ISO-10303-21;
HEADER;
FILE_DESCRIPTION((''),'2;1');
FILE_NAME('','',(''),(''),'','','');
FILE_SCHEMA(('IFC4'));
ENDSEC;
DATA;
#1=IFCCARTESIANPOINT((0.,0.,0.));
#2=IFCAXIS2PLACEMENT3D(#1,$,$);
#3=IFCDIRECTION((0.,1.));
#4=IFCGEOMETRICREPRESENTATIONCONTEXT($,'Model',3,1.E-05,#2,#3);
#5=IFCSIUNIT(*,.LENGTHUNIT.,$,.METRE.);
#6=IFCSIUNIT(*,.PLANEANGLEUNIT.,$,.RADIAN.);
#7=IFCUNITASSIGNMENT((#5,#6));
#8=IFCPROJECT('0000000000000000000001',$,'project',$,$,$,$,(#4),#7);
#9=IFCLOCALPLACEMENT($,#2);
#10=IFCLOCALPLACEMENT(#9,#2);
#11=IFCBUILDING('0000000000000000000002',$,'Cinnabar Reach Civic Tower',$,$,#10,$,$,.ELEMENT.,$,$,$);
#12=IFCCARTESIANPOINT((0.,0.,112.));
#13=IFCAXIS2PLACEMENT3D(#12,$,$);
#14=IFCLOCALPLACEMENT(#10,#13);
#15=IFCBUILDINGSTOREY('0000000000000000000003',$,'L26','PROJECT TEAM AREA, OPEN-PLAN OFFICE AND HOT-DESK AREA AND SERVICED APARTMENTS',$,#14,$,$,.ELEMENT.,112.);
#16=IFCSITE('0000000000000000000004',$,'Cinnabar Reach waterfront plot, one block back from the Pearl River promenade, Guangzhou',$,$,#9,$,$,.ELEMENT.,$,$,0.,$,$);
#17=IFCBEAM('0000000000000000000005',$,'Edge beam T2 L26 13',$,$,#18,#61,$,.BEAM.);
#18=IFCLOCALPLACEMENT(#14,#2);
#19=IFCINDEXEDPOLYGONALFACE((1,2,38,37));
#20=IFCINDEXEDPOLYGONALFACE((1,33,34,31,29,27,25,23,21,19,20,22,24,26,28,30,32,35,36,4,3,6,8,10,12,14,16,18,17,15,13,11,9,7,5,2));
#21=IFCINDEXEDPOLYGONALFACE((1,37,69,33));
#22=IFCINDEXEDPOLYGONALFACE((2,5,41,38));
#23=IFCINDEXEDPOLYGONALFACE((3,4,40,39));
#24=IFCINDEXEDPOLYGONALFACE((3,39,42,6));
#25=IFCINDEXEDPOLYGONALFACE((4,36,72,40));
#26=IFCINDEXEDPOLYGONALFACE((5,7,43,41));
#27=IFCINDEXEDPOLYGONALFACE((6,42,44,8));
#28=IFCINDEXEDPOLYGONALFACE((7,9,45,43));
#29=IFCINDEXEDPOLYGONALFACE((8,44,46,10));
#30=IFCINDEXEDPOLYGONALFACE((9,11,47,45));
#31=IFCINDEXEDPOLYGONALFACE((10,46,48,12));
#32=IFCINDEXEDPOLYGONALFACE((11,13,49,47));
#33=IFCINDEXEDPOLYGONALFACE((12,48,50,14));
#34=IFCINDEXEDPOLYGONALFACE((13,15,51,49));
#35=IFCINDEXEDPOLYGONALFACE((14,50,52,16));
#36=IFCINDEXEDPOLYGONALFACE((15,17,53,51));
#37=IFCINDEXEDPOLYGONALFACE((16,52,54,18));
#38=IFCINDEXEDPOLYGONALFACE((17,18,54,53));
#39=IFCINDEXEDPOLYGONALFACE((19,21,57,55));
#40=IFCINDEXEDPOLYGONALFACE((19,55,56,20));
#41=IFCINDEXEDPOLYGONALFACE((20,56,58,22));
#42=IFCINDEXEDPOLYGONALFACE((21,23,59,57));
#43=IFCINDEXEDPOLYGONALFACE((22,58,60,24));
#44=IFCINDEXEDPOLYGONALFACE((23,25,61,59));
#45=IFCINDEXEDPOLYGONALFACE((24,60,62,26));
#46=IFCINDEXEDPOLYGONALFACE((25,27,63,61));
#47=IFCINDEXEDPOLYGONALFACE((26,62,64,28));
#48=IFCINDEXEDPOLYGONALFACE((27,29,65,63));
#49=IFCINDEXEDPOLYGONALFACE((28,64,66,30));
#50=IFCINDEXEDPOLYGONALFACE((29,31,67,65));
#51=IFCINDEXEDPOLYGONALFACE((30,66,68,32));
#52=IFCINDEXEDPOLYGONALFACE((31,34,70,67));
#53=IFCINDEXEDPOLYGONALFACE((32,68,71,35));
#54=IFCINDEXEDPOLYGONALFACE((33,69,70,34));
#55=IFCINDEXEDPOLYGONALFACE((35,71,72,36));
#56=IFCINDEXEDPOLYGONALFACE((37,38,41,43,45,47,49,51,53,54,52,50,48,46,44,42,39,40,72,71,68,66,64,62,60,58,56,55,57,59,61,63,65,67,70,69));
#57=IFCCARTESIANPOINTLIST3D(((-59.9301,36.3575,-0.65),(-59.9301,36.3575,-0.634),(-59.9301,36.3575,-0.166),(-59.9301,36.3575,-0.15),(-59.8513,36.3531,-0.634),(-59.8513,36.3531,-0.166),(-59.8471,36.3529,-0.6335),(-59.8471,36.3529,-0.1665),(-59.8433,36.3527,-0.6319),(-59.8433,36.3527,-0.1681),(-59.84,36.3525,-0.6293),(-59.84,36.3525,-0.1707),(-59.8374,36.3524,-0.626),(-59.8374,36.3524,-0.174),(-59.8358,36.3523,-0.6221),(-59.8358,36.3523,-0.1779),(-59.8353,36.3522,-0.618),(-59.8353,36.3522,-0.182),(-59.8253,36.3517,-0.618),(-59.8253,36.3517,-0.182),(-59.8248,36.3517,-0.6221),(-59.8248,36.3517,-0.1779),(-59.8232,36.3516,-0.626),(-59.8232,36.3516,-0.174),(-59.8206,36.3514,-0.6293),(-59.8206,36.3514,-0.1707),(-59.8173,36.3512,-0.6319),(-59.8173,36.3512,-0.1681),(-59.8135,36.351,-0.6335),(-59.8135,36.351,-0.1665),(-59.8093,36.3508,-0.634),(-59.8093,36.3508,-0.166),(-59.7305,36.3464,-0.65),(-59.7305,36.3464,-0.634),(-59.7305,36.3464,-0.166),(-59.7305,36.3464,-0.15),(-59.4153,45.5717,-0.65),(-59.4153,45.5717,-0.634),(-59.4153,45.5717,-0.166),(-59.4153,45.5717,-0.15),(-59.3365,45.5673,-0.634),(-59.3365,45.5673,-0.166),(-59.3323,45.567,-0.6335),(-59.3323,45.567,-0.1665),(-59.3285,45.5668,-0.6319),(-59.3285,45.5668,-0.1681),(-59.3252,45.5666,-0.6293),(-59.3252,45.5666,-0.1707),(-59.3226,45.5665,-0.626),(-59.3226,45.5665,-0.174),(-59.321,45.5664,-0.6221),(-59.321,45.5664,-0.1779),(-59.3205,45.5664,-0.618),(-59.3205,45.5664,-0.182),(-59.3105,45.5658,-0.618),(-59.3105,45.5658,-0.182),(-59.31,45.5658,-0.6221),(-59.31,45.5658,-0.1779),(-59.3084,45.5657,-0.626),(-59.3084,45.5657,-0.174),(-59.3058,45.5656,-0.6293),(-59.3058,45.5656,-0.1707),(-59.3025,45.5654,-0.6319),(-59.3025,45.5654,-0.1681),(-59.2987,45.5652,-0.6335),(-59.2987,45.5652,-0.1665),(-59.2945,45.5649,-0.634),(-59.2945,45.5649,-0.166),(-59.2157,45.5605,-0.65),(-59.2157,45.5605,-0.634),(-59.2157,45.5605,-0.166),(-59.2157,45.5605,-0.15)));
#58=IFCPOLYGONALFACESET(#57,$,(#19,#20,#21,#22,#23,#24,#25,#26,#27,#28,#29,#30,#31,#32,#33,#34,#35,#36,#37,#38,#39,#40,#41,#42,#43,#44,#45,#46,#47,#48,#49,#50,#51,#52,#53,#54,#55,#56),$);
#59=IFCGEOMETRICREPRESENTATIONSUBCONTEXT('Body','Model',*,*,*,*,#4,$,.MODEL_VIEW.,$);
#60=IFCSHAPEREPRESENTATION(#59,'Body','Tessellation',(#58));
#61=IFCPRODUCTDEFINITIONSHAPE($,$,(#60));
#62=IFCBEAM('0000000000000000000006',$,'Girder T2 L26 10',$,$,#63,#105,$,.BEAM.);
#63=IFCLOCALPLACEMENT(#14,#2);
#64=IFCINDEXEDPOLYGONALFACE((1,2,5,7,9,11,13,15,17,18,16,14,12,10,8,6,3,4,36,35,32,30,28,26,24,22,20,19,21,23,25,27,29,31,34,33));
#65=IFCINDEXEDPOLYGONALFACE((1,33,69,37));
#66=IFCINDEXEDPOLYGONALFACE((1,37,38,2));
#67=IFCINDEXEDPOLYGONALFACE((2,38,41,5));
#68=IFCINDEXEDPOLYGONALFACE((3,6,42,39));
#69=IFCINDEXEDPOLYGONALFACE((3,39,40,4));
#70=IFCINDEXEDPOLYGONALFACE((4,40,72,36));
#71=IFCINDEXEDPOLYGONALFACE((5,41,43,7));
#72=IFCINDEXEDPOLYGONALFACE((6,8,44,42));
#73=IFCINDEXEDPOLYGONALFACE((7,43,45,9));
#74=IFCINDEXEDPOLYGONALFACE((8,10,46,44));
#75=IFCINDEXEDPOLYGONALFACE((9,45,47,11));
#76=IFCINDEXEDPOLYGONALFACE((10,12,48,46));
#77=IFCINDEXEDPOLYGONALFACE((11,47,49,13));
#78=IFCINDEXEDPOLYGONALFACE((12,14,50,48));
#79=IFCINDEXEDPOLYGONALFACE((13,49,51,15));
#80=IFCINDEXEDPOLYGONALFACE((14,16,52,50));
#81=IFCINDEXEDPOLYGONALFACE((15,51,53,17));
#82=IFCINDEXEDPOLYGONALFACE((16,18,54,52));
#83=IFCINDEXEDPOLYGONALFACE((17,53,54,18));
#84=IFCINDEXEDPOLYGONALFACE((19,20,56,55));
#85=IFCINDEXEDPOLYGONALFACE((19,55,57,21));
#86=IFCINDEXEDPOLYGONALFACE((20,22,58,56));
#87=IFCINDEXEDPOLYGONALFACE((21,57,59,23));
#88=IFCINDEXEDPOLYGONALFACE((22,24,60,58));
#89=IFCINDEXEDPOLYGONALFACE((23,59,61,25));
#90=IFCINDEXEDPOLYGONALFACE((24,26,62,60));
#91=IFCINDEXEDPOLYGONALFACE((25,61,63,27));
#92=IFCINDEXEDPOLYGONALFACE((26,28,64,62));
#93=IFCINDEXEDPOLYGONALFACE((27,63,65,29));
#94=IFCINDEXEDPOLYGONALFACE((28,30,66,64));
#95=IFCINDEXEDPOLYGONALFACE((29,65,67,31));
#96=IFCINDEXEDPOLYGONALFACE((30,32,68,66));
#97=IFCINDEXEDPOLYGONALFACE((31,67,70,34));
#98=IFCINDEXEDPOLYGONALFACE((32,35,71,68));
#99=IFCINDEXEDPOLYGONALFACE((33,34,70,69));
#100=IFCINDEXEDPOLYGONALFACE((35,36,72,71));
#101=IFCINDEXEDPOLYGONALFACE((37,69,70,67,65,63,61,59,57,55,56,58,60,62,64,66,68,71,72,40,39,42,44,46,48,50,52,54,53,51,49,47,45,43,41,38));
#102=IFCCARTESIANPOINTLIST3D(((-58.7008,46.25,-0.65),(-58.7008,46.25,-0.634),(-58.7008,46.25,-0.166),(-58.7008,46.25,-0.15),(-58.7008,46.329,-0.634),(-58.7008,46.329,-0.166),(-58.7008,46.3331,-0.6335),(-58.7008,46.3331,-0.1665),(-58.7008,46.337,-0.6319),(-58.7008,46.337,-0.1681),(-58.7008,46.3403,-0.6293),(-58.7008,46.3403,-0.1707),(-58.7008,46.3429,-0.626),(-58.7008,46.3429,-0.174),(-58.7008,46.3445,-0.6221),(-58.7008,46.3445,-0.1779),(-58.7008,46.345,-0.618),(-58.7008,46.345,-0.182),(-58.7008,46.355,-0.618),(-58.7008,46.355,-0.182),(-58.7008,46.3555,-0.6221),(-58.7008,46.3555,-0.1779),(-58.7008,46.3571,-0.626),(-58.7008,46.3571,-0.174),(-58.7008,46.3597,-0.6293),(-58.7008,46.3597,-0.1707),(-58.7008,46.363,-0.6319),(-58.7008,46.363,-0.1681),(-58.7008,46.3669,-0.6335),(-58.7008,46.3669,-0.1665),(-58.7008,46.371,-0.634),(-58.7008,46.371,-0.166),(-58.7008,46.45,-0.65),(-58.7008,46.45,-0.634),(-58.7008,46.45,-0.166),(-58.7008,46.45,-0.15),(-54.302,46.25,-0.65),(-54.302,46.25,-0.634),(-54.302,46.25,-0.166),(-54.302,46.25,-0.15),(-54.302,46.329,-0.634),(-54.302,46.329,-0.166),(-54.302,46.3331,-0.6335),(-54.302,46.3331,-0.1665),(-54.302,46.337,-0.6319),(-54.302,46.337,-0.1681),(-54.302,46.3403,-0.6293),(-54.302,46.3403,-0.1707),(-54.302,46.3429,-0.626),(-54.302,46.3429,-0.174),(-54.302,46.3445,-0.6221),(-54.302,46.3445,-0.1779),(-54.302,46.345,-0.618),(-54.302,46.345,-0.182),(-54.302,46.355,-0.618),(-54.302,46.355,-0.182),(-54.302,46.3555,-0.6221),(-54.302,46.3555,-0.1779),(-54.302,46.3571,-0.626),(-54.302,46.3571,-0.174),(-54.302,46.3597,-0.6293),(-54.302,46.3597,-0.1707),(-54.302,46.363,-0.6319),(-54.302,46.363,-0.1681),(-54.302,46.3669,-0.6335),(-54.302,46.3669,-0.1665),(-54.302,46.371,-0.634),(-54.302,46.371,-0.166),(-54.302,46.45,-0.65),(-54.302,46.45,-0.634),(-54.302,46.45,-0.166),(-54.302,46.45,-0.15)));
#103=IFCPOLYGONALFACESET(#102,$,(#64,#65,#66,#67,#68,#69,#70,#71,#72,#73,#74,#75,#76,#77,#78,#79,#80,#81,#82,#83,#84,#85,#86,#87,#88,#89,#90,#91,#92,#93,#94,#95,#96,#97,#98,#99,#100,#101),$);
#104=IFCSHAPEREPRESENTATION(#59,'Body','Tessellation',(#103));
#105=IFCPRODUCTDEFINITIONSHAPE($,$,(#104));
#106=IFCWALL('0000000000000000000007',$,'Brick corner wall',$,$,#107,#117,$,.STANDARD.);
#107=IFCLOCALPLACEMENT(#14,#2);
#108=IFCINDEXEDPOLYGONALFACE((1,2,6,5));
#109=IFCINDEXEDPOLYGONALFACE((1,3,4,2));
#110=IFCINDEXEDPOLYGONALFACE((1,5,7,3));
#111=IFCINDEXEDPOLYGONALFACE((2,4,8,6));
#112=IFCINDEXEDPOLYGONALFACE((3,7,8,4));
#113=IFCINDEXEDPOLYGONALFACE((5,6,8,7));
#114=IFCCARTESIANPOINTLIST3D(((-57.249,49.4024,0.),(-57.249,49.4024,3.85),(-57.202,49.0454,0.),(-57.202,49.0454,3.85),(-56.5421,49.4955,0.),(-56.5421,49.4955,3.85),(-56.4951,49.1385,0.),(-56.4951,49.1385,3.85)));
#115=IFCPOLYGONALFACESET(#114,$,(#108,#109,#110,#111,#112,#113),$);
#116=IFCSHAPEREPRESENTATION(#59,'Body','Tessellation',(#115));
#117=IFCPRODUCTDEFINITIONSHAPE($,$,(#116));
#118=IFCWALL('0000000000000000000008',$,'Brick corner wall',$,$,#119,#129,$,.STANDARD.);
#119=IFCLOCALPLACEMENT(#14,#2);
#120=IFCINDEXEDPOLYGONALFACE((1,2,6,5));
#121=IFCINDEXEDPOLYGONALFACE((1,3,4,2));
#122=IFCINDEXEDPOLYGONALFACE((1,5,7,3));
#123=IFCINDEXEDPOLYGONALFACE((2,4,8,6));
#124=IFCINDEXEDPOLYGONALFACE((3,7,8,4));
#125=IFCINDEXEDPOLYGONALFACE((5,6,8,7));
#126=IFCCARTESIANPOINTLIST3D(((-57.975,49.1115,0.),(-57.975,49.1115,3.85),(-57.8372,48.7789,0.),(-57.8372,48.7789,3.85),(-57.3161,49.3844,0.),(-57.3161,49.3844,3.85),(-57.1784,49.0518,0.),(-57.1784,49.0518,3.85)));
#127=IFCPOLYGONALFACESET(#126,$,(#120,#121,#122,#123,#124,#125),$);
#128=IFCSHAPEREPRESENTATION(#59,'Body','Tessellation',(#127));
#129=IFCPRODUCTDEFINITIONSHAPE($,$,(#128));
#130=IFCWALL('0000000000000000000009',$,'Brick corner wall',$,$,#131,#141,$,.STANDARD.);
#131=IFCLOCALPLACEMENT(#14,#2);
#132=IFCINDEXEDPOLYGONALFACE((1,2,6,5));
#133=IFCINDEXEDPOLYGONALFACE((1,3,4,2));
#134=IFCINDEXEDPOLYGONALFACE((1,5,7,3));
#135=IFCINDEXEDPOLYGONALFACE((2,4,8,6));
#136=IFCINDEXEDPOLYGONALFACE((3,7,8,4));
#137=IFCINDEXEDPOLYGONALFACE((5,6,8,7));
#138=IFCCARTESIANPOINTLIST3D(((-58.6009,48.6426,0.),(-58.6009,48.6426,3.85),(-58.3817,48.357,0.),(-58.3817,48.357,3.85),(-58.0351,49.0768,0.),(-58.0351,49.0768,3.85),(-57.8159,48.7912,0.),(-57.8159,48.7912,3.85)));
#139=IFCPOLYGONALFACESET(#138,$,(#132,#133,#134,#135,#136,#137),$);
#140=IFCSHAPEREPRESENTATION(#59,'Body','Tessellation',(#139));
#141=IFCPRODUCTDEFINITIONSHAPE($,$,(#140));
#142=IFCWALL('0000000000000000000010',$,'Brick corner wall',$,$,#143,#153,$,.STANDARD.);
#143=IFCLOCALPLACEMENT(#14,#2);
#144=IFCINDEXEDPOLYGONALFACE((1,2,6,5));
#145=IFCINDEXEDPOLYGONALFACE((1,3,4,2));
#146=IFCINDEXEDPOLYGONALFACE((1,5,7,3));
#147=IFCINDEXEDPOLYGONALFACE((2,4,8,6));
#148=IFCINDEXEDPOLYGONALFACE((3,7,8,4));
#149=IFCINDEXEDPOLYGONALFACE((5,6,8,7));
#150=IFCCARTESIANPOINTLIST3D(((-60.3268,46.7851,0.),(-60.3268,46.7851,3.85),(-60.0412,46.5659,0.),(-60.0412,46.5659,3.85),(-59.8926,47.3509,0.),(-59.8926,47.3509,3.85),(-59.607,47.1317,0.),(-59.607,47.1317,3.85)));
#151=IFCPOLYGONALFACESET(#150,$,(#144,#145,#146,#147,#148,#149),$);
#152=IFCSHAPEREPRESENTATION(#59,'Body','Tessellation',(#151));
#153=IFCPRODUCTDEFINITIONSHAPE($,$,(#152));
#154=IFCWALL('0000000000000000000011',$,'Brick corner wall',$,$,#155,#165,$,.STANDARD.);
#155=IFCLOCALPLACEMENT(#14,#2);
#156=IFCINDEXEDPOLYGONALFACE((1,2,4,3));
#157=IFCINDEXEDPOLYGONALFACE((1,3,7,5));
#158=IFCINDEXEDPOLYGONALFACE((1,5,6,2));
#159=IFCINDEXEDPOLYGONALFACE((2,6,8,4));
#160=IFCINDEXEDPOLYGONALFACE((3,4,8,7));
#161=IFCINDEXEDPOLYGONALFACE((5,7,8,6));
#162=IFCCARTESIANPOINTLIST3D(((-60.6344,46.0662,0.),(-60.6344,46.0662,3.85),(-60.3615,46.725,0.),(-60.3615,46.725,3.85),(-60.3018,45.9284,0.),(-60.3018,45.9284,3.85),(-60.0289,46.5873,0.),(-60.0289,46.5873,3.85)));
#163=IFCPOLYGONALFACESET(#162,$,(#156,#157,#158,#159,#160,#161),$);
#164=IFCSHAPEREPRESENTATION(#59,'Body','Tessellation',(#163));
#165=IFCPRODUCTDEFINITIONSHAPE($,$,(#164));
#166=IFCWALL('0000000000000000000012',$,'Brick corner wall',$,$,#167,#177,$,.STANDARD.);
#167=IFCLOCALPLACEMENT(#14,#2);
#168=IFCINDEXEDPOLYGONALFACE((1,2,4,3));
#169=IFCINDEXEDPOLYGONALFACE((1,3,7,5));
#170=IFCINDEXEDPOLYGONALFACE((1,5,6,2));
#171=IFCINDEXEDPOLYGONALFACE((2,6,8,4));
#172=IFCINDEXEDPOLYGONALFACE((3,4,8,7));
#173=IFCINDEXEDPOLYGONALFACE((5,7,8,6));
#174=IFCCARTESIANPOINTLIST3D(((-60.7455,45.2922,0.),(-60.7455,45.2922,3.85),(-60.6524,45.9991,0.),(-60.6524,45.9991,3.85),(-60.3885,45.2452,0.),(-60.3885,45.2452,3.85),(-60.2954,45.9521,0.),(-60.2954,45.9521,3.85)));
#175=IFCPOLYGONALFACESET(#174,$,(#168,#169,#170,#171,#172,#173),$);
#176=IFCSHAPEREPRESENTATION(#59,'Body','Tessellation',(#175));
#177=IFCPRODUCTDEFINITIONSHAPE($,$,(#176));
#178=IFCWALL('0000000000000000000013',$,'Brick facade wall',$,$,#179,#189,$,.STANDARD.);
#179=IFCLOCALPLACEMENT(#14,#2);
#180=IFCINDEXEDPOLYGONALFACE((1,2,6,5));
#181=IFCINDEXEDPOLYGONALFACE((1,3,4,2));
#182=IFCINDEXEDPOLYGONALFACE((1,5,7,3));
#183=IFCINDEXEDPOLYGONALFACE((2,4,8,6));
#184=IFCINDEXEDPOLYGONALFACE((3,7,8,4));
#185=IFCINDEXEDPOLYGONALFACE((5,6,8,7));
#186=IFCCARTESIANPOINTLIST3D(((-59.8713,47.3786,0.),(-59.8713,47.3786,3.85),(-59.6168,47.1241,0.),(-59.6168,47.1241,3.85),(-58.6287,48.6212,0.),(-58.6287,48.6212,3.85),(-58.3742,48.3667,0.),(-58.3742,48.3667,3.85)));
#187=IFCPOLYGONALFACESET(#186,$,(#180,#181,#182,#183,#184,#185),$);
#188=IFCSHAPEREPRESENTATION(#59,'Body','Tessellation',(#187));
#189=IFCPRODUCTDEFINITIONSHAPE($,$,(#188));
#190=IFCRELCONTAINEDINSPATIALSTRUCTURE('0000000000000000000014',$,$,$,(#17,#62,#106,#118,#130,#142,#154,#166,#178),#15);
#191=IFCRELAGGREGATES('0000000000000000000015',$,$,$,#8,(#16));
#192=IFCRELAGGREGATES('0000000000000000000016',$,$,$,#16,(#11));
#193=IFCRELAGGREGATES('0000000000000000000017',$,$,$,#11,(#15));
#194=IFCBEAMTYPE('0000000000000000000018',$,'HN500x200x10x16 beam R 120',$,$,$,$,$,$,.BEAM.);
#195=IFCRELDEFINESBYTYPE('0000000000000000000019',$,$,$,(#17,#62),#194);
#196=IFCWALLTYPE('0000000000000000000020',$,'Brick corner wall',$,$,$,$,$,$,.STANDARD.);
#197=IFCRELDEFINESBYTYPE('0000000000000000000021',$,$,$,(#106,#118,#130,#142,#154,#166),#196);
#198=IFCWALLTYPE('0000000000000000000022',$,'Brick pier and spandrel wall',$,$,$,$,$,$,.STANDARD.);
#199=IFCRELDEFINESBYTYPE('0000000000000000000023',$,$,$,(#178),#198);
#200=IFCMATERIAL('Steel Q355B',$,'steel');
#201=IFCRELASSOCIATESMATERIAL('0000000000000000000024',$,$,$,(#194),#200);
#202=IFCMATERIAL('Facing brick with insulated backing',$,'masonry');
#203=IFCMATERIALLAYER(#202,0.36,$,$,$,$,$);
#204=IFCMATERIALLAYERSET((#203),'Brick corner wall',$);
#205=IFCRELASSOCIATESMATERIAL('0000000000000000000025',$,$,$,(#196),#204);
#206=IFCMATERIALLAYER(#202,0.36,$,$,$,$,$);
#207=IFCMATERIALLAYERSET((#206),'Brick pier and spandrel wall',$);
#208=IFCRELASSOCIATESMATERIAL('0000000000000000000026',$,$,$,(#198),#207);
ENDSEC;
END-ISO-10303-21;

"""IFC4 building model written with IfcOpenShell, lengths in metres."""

from ifc_helpers import new_model, si_unit, direction, frame, frame_2d, origin, origin_2d, place, context, subcontext, project, spatial, rectangle, i_section, extrude, material, layer, layer_set, material_profile, profile_set, type_object, element, save


model = new_model("IFC4")

# Units and contexts
model_context = context("Model", 3, precision=1e-05, world=origin(), true_north=direction((0.0, 1.0)))
body_context = subcontext(model_context, "Body", "Model", "MODEL_VIEW")
ifc_project = project(units=[si_unit("LENGTHUNIT", "METRE"), si_unit("PLANEANGLEUNIT", "RADIAN")], contexts=[model_context])

# Site, building, storey
site_placement = place(None, origin())
site = spatial("IfcSite", under=ifc_project, at=site_placement, Name="Cinnabar Reach waterfront plot, one block back from the Pearl River promenade, Guangzhou", CompositionType="ELEMENT", RefElevation=0.0)
building_placement = place(site_placement, origin())
building = spatial("IfcBuilding", under=site, at=building_placement, Name="Cinnabar Reach Civic Tower", CompositionType="ELEMENT")
storey_placement = place(building_placement, frame((0.0, 0.0, 112.0)))
storey = spatial("IfcBuildingStorey", under=building, at=storey_placement, Name="L26", Description="PROJECT TEAM AREA, OPEN-PLAN OFFICE AND HOT-DESK AREA AND SERVICED APARTMENTS", CompositionType="ELEMENT", Elevation=112.0)

# Beams
ifc_material_1 = material(Name="Steel Q355B", Category="steel")
ifc_material_profile_1 = material_profile(ifc_material_1, i_section(OverallWidth=0.2, OverallDepth=0.5, WebThickness=0.01, FlangeThickness=0.016, FilletRadius=0.016, at=origin_2d()), Name="HN500x200x10x16")
ifc_profile_set_1 = profile_set([ifc_material_profile_1], Name="Steel Q355B")
beam_type_1 = type_object("IfcBeamType", Name="HN500x200x10x16 beam R 120", PredefinedType="BEAM", material=ifc_profile_set_1)
beam_1_placement = place(storey_placement, frame((-59.3155, 45.5661, -0.4), z_axis=(-0.055784, -0.998443, 0.0), x_axis=(0.998443, -0.055784, 0.0)))
element("IfcBeam", 1, at=beam_1_placement, inside=storey, type_object=beam_type_1, Name="Edge beam T2 L26 13", PredefinedType="BEAM", context=body_context, shape_type="SweptSolid", body=[
    extrude(i_section(OverallWidth=0.2, OverallDepth=0.5, WebThickness=0.01, FlangeThickness=0.016, FilletRadius=0.016, at=origin_2d()), origin(), (0.0, 0.0, 1.0), 9.2285),
])
beam_2_placement = place(storey_placement, frame((-58.7008, 46.35, -0.4), z_axis=(1.0, 0.0, 0.0), x_axis=(0.0, 1.0, 0.0)))
element("IfcBeam", 2, at=beam_2_placement, inside=storey, type_object=beam_type_1, Name="Girder T2 L26 10", PredefinedType="BEAM", context=body_context, shape_type="SweptSolid", body=[
    extrude(i_section(OverallWidth=0.2, OverallDepth=0.5, WebThickness=0.01, FlangeThickness=0.016, FilletRadius=0.016, at=origin_2d()), origin(), (0.0, 0.0, 1.0), 4.3988),
])

# Walls
ifc_material_2 = material(Name="Facing brick with insulated backing", Category="masonry")
ifc_layer_1 = layer(ifc_material_2, 0.36)
ifc_layer_set_1 = layer_set([ifc_layer_1], Name="Brick corner wall")
wall_type_1 = type_object("IfcWallType", Name="Brick corner wall", PredefinedType="STANDARD", material=ifc_layer_set_1)
for number, where, z_axis, x_axis, name in (
    (3, (-56.5186, 49.317, 0.0), (0.0, 0.0, 1.0), (-0.991441, -0.130556, 0.0), "Brick corner wall"),
    (4, (-57.2473, 49.2181, 0.0), (0.0, 0.0, 1.0), (-0.923872, -0.382703, 0.0), "Brick corner wall"),
):
    element("IfcWall", number, at=place(storey_placement, frame(where, z_axis=z_axis, x_axis=x_axis)), inside=storey, type_object=wall_type_1, Name=name, PredefinedType="STANDARD", context=body_context, shape_type="SweptSolid", body=[
        extrude(rectangle(XDim=0.7131, YDim=0.36, at=frame_2d((0.3565, 0.0))), origin(), (0.0, 0.0, 1.0), 3.85),
    ])
for number, where, z_axis, x_axis, name in (
    (5, (-57.9255, 48.934, 0.0), (0.0, 0.0, 1.0), (-0.793322, -0.608802, 0.0), "Brick corner wall"),
    (6, (-59.7498, 47.2413, 0.0), (0.0, 0.0, 1.0), (-0.608802, -0.793322, 0.0), "Brick corner wall"),
):
    element("IfcWall", number, at=place(storey_placement, frame(where, z_axis=z_axis, x_axis=x_axis)), inside=storey, type_object=wall_type_1, Name=name, PredefinedType="STANDARD", context=body_context, shape_type="SweptSolid", body=[
        extrude(rectangle(XDim=0.7132, YDim=0.36, at=frame_2d((0.3566, 0.0))), origin(), (0.0, 0.0, 1.0), 3.85),
    ])
for number, where, z_axis, x_axis, name in (
    (7, (-60.1952, 46.6561, 0.0), (0.0, 0.0, 1.0), (-0.382703, -0.923872, 0.0), "Brick corner wall"),
    (8, (-60.4739, 45.9756, 0.0), (0.0, 0.0, 1.0), (-0.130556, -0.991441, 0.0), "Brick corner wall"),
):
    element("IfcWall", number, at=place(storey_placement, frame(where, z_axis=z_axis, x_axis=x_axis)), inside=storey, type_object=wall_type_1, Name=name, PredefinedType="STANDARD", context=body_context, shape_type="SweptSolid", body=[
        extrude(rectangle(XDim=0.7131, YDim=0.36, at=frame_2d((0.3565, 0.0))), origin(), (0.0, 0.0, 1.0), 3.85),
    ])
ifc_layer_2 = layer(ifc_material_2, 0.36)
ifc_layer_set_2 = layer_set([ifc_layer_2], Name="Brick pier and spandrel wall")
wall_type_2 = type_object("IfcWallType", Name="Brick pier and spandrel wall", PredefinedType="STANDARD", material=ifc_layer_set_2)
wall_1_placement = place(storey_placement, frame((-58.5014, 48.494, 0.0), z_axis=(0.0, 0.0, 1.0), x_axis=(-0.707107, -0.707107, 0.0)))
element("IfcWall", 9, at=wall_1_placement, inside=storey, type_object=wall_type_2, Name="Brick facade wall", PredefinedType="STANDARD", context=body_context, shape_type="SweptSolid", body=[
    extrude(rectangle(XDim=1.7573, YDim=0.36, at=frame_2d((0.8787, 0.0))), origin(), (0.0, 0.0, 1.0), 3.85),
])

save(model, "model.ifc")
